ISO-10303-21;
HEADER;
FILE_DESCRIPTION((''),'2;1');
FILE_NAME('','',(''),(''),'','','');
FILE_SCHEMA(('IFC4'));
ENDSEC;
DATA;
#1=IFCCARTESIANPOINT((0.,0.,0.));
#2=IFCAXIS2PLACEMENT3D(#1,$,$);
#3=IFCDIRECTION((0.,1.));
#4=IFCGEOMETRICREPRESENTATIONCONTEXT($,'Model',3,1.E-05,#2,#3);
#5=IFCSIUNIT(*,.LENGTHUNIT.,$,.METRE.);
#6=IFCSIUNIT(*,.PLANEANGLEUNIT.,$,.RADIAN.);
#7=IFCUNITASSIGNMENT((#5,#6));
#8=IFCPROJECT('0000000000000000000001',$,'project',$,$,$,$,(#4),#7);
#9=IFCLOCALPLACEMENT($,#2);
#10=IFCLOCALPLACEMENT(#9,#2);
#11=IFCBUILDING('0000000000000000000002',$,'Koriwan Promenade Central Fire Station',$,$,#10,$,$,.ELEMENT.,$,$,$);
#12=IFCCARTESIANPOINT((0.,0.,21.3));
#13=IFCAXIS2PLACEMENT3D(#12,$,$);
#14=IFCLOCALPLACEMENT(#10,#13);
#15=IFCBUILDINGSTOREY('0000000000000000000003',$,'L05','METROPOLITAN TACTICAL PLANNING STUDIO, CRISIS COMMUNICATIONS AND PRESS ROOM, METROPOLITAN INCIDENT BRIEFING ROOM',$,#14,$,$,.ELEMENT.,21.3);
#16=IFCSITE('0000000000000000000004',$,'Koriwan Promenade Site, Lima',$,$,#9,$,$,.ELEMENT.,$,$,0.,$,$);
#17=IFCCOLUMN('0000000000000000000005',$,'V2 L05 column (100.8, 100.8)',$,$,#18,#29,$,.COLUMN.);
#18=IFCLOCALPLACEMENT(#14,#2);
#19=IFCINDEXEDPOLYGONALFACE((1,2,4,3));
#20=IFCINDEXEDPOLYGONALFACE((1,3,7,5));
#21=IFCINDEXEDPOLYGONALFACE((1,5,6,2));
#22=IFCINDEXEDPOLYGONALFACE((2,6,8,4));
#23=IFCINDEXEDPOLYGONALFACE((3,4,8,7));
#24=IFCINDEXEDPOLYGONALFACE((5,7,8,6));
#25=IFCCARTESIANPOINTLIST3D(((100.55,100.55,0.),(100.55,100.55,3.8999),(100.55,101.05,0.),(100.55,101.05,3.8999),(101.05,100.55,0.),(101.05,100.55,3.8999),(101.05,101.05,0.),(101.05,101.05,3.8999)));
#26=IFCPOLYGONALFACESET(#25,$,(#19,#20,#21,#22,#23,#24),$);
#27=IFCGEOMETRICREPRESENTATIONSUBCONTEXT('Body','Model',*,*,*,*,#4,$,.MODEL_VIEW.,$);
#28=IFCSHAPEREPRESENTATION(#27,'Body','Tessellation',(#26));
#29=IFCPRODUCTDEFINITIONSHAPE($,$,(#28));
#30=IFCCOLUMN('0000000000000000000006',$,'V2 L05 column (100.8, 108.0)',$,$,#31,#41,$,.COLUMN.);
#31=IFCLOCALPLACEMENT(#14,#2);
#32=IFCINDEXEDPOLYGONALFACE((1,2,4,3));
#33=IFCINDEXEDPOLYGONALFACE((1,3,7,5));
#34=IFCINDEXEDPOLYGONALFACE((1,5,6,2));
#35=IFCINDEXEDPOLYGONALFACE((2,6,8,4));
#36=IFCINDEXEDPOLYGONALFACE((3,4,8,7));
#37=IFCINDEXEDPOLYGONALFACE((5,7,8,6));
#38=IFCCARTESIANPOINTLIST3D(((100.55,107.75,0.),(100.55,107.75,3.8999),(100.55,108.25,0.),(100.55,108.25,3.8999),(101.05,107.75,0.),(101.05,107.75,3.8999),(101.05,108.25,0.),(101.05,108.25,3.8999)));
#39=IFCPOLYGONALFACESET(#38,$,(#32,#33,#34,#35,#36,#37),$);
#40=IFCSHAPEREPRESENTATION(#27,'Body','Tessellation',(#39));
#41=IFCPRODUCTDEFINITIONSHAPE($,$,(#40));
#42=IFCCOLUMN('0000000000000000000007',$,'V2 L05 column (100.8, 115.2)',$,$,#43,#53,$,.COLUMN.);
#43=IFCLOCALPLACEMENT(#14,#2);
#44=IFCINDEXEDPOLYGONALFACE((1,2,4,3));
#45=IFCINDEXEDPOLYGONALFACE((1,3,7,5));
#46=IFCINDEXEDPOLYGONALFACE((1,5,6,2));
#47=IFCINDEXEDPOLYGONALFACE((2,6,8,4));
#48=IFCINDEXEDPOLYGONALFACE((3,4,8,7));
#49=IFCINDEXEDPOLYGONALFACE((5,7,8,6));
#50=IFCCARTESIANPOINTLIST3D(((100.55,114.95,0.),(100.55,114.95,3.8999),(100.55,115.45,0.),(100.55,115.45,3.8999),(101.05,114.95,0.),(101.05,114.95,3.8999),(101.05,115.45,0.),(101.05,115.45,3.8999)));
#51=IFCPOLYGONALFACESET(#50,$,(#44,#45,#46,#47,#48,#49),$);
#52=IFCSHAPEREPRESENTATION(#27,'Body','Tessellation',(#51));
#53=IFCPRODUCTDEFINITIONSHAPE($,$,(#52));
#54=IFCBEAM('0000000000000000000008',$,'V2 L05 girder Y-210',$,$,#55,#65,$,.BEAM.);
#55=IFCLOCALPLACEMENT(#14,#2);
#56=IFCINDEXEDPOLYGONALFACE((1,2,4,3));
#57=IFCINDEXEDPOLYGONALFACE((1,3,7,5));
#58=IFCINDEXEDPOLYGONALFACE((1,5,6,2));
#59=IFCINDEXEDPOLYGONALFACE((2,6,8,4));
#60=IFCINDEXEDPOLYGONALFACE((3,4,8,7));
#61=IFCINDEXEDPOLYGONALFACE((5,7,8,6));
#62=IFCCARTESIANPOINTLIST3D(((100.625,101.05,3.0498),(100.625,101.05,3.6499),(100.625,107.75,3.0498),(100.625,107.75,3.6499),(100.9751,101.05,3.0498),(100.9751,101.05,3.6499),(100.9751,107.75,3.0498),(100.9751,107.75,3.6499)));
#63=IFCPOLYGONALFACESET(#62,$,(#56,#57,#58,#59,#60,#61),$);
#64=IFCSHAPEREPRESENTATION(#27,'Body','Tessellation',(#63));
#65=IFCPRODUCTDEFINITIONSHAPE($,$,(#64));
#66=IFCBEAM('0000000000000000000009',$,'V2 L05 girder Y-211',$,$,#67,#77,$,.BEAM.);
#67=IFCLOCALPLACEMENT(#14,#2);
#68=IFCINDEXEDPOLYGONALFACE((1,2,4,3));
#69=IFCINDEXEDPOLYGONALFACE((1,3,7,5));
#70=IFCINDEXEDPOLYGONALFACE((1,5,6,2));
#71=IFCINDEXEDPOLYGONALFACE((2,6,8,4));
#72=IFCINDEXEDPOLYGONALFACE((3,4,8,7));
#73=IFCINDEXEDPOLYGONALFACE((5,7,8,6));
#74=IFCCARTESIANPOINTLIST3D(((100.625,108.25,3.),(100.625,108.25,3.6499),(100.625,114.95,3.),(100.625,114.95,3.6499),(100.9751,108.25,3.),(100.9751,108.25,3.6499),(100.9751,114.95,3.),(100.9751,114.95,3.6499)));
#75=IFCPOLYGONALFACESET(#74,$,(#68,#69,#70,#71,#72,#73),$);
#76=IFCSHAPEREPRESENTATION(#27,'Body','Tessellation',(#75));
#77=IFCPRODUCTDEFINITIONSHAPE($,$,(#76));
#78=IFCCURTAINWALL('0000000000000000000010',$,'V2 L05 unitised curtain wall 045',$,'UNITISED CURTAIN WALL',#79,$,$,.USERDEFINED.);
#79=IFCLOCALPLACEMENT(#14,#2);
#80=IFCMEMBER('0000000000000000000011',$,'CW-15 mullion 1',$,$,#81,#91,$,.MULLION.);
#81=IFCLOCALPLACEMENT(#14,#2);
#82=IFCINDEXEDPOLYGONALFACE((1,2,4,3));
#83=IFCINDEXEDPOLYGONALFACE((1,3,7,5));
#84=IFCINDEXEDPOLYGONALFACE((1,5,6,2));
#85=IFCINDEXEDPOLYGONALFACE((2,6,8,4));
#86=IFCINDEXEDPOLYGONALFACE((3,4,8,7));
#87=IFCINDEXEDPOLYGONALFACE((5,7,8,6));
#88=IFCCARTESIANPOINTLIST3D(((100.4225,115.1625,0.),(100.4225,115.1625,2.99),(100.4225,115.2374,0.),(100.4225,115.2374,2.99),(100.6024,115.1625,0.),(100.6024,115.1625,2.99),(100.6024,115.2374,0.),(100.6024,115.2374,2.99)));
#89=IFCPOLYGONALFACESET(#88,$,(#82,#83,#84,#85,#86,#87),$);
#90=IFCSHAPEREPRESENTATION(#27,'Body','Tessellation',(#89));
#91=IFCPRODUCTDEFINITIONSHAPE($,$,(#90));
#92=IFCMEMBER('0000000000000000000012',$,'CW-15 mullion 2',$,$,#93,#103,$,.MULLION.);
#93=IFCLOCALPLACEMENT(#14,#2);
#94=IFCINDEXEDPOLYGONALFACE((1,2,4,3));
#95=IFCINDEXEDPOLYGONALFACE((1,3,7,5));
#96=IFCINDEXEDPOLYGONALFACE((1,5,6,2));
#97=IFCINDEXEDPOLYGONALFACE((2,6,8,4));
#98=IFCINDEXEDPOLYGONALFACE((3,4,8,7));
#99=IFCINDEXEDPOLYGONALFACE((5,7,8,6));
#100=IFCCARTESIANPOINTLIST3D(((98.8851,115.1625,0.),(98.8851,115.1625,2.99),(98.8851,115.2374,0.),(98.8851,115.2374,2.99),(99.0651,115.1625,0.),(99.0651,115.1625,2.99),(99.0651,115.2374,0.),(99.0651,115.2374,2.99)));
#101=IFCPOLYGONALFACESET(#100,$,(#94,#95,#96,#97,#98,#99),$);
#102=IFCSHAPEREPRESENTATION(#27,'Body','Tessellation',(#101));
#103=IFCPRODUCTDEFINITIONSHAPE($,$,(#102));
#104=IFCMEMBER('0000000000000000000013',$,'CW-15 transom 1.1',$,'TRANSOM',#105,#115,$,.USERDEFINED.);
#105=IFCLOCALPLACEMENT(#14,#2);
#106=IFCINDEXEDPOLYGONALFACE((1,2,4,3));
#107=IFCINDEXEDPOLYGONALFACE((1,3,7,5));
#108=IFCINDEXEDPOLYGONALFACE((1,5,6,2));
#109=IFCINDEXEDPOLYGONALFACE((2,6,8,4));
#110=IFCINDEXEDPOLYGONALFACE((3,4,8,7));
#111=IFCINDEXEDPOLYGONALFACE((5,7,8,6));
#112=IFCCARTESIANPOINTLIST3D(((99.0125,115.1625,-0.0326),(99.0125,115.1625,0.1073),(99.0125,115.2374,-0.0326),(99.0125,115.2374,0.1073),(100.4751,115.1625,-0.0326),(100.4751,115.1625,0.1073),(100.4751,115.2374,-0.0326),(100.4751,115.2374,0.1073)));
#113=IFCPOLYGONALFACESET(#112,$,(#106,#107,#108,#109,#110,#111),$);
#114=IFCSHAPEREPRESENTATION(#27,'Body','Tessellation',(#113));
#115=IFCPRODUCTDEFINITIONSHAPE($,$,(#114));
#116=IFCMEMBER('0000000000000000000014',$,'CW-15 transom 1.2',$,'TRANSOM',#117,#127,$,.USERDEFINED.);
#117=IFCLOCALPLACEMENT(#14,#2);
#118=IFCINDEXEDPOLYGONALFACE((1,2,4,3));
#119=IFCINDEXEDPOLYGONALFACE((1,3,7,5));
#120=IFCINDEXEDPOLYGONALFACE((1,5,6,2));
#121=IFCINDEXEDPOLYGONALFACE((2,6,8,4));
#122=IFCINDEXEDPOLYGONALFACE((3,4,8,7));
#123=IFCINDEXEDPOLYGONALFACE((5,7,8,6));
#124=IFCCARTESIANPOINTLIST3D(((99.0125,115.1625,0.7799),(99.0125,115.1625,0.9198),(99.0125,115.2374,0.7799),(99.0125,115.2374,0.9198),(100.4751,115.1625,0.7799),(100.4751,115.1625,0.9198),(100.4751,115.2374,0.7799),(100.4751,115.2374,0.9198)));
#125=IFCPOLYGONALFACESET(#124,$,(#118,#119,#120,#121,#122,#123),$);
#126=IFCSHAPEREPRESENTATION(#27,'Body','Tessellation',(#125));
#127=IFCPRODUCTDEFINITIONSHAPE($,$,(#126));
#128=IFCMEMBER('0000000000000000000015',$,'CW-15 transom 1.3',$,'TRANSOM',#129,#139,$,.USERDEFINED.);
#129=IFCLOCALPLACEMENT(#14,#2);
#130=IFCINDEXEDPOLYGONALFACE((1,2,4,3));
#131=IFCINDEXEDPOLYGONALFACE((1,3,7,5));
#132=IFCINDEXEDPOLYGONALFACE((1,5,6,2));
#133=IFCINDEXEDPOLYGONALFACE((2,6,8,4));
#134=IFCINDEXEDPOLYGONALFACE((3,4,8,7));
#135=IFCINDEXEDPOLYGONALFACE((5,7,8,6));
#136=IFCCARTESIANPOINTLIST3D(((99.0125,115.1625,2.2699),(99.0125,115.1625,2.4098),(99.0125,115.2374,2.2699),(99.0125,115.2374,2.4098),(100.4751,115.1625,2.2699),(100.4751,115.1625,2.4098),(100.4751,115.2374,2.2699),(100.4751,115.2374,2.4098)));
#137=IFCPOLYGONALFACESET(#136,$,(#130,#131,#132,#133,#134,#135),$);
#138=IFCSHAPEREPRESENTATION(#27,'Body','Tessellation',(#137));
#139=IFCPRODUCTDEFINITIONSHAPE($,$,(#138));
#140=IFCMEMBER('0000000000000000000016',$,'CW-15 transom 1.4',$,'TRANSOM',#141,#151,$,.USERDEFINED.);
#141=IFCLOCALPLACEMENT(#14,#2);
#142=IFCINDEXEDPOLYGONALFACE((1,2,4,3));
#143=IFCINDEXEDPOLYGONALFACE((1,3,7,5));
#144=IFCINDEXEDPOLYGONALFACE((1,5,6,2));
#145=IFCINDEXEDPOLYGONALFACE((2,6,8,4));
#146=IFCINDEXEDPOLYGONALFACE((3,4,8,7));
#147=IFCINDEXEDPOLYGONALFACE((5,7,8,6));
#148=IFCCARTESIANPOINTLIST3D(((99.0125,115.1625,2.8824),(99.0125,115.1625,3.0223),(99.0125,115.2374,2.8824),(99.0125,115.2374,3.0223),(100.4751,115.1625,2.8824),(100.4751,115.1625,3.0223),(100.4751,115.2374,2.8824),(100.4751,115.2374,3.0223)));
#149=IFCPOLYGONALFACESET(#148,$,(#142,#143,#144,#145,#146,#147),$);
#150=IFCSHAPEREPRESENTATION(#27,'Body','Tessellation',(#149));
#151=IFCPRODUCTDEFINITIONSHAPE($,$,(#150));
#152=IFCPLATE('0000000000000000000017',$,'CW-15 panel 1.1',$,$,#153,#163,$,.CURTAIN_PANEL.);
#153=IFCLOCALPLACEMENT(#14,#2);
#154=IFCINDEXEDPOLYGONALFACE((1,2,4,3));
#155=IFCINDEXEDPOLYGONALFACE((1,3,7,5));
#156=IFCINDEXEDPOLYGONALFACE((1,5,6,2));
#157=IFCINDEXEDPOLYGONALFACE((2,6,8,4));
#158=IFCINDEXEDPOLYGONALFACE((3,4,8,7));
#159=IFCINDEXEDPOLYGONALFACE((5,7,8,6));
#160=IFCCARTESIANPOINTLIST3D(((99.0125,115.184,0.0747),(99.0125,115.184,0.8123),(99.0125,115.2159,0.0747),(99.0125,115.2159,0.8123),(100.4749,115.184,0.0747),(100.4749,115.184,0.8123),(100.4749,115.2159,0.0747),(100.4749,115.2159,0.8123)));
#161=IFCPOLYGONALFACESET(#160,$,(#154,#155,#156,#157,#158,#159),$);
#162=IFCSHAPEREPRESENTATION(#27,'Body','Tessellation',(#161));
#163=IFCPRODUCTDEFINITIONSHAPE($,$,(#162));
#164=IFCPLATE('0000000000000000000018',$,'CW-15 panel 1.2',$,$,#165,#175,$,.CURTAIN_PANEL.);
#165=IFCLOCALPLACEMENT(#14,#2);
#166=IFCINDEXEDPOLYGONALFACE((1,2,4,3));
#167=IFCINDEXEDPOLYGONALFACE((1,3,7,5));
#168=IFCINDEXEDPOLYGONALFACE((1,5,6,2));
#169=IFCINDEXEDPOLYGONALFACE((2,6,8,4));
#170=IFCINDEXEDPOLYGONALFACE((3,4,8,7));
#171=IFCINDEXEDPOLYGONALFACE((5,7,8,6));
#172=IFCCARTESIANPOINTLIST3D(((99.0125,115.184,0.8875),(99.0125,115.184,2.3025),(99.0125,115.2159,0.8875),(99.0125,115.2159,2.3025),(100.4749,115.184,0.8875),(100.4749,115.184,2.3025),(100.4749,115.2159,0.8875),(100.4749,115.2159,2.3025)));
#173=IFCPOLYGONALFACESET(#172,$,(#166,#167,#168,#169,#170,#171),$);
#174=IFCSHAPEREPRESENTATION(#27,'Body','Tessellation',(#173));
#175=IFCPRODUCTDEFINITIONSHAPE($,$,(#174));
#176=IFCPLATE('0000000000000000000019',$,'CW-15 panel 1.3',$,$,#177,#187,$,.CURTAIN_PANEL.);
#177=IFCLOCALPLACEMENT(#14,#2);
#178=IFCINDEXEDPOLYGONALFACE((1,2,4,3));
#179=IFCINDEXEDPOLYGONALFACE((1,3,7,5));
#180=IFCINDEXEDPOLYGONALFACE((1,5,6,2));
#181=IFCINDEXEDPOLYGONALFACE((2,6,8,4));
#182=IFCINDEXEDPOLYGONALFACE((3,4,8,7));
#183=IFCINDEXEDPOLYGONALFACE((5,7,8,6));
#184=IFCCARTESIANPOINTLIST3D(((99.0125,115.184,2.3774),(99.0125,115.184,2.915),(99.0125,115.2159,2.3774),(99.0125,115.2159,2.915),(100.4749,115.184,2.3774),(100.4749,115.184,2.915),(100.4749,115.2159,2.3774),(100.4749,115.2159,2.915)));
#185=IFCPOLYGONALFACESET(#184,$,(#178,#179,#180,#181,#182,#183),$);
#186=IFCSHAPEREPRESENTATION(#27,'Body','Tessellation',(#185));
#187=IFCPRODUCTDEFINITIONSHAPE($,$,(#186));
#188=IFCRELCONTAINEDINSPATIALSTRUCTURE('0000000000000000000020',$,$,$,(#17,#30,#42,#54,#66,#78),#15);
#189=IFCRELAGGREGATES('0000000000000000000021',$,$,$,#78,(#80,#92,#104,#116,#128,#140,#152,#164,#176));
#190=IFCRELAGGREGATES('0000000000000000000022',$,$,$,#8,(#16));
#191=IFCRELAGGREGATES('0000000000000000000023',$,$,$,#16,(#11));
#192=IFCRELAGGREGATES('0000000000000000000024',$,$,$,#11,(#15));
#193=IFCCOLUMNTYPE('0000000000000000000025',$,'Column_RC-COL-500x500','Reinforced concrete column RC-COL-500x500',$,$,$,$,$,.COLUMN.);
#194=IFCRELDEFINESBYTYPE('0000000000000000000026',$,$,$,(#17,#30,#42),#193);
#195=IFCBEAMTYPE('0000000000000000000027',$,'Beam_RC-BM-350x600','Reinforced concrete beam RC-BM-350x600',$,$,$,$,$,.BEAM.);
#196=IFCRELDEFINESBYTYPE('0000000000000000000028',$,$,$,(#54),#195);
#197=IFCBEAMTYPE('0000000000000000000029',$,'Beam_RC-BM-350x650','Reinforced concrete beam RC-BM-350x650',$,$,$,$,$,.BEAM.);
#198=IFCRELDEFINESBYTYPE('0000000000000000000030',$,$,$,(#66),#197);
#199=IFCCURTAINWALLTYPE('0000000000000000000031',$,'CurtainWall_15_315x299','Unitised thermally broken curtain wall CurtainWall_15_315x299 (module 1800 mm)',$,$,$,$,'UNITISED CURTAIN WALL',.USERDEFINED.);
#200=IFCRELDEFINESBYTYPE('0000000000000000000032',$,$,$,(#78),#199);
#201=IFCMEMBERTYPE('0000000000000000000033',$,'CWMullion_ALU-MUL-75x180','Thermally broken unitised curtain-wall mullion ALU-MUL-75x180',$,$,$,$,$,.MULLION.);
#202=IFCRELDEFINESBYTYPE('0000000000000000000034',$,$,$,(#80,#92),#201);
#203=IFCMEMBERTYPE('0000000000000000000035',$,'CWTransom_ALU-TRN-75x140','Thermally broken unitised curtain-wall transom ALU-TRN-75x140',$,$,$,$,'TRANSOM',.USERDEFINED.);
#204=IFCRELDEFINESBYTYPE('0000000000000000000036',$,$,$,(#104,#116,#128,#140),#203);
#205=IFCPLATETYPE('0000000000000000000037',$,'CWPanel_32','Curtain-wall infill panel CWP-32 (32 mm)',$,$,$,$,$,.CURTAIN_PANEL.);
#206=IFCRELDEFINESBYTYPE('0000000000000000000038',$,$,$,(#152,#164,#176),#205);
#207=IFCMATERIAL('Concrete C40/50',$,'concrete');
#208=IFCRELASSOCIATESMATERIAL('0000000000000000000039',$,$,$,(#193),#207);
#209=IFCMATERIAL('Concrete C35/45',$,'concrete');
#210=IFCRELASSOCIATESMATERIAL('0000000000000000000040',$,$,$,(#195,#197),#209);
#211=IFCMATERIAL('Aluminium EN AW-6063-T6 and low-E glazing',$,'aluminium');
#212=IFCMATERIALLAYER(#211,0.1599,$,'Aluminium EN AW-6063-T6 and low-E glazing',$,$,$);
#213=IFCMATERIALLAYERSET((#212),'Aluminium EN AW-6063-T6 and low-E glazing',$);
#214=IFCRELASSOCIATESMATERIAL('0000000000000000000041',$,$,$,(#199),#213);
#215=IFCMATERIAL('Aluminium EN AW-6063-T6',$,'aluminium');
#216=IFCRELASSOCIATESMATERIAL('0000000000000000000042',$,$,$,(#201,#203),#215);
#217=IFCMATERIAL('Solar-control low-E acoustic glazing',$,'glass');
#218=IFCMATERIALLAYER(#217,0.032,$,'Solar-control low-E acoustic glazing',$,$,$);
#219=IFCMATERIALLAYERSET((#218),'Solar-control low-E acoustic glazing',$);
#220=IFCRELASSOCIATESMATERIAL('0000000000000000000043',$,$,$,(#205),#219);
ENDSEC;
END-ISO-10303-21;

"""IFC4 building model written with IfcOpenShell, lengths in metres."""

from ifc_helpers import new_model, si_unit, direction, frame, origin, origin_2d, place, context, subcontext, project, spatial, rectangle, extrude, material, layer, layer_set, material_profile, profile_set, type_object, element, aggregate, save


model = new_model("IFC4")

# Units and contexts
model_context = context("Model", 3, precision=1e-05, world=origin(), true_north=direction((0.0, 1.0)))
body_context = subcontext(model_context, "Body", "Model", "MODEL_VIEW")
ifc_project = project(units=[si_unit("LENGTHUNIT", "METRE"), si_unit("PLANEANGLEUNIT", "RADIAN")], contexts=[model_context])

# Site, building, storey
site_placement = place(None, origin())
site = spatial("IfcSite", under=ifc_project, at=site_placement, Name="Koriwan Promenade Site, Lima", CompositionType="ELEMENT", RefElevation=0.0)
building_placement = place(site_placement, origin())
building = spatial("IfcBuilding", under=site, at=building_placement, Name="Koriwan Promenade Central Fire Station", CompositionType="ELEMENT")
storey_placement = place(building_placement, frame((0.0, 0.0, 21.3)))
storey = spatial("IfcBuildingStorey", under=building, at=storey_placement, Name="L05", Description="METROPOLITAN TACTICAL PLANNING STUDIO, CRISIS COMMUNICATIONS AND PRESS ROOM, METROPOLITAN INCIDENT BRIEFING ROOM", CompositionType="ELEMENT", Elevation=21.3)

# Columns
ifc_material_1 = material(Name="Concrete C40/50", Category="concrete")
ifc_material_profile_1 = material_profile(ifc_material_1, rectangle(XDim=0.5, YDim=0.5, at=origin_2d()), Name="RC-COL-500x500")
ifc_profile_set_1 = profile_set([ifc_material_profile_1], Name="Concrete C40/50")
column_type = type_object("IfcColumnType", Name="Column_RC-COL-500x500", Description="Reinforced concrete column RC-COL-500x500", PredefinedType="COLUMN", material=ifc_profile_set_1)
for number, where, z_axis, x_axis, name in (
    (1, (100.8, 100.8, 0.0), (0.0, 0.0, 1.0), (1.0, 0.0, 0.0), "V2 L05 column (100.8, 100.8)"),
    (2, (100.8, 108.0, 0.0), (0.0, 0.0, 1.0), (1.0, 0.0, 0.0), "V2 L05 column (100.8, 108.0)"),
    (3, (100.8, 115.2, 0.0), (0.0, 0.0, 1.0), (1.0, 0.0, 0.0), "V2 L05 column (100.8, 115.2)"),
):
    element("IfcColumn", number, at=place(storey_placement, frame(where, z_axis=z_axis, x_axis=x_axis)), inside=storey, type_object=column_type, Name=name, PredefinedType="COLUMN", context=body_context, shape_type="SweptSolid", body=[
        extrude(rectangle(XDim=0.5, YDim=0.5, at=origin_2d()), origin(), (0.0, 0.0, 1.0), 3.8999),
    ])

# Beams
ifc_material_2 = material(Name="Concrete C35/45", Category="concrete")
ifc_material_profile_2 = material_profile(ifc_material_2, rectangle(XDim=0.3501, YDim=0.6001, at=origin_2d()), Name="RC-BM-350x600")
ifc_profile_set_2 = profile_set([ifc_material_profile_2], Name="Concrete C35/45")
beam_type_1 = type_object("IfcBeamType", Name="Beam_RC-BM-350x600", Description="Reinforced concrete beam RC-BM-350x600", PredefinedType="BEAM", material=ifc_profile_set_2)
beam_1_placement = place(storey_placement, frame((100.8, 101.05, 3.3499), z_axis=(0.0, 1.0, 0.0), x_axis=(-1.0, 0.0, 0.0)))
element("IfcBeam", 4, at=beam_1_placement, inside=storey, type_object=beam_type_1, Name="V2 L05 girder Y-210", PredefinedType="BEAM", context=body_context, shape_type="SweptSolid", body=[
    extrude(rectangle(XDim=0.3501, YDim=0.6001, at=origin_2d()), origin(), (0.0, 0.0, 1.0), 6.7),
])
ifc_material_profile_3 = material_profile(ifc_material_2, rectangle(XDim=0.3501, YDim=0.6499, at=origin_2d()), Name="RC-BM-350x650")
ifc_profile_set_3 = profile_set([ifc_material_profile_3], Name="Concrete C35/45")
beam_type_2 = type_object("IfcBeamType", Name="Beam_RC-BM-350x650", Description="Reinforced concrete beam RC-BM-350x650", PredefinedType="BEAM", material=ifc_profile_set_3)
beam_2_placement = place(storey_placement, frame((100.8, 108.25, 3.325), z_axis=(0.0, 1.0, 0.0), x_axis=(-1.0, 0.0, 0.0)))
element("IfcBeam", 5, at=beam_2_placement, inside=storey, type_object=beam_type_2, Name="V2 L05 girder Y-211", PredefinedType="BEAM", context=body_context, shape_type="SweptSolid", body=[
    extrude(rectangle(XDim=0.3501, YDim=0.6499, at=origin_2d()), origin(), (0.0, 0.0, 1.0), 6.7),
])

# Curtain wall, members, plates
ifc_material_3 = material(Name="Aluminium EN AW-6063-T6 and low-E glazing", Category="aluminium")
ifc_layer_1 = layer(ifc_material_3, 0.1599, Name="Aluminium EN AW-6063-T6 and low-E glazing")
ifc_layer_set_1 = layer_set([ifc_layer_1], Name="Aluminium EN AW-6063-T6 and low-E glazing")
curtain_wall_type = type_object("IfcCurtainWallType", Name="CurtainWall_15_315x299", Description="Unitised thermally broken curtain wall CurtainWall_15_315x299 (module 1800 mm)", ElementType="UNITISED CURTAIN WALL", PredefinedType="USERDEFINED", material=ifc_layer_set_1)
curtain_wall_placement = place(storey_placement, origin())
curtain_wall = element("IfcCurtainWall", 6, at=curtain_wall_placement, inside=storey, type_object=curtain_wall_type, Name="V2 L05 unitised curtain wall 045", ObjectType="UNITISED CURTAIN WALL", PredefinedType="USERDEFINED")
ifc_material_4 = material(Name="Aluminium EN AW-6063-T6", Category="aluminium")
ifc_material_profile_4 = material_profile(ifc_material_4, rectangle(XDim=0.075, YDim=0.1799, at=origin_2d()), Name="ALU-MUL-75x180")
ifc_profile_set_4 = profile_set([ifc_material_profile_4], Name="Aluminium EN AW-6063-T6")
member_type_1 = type_object("IfcMemberType", Name="CWMullion_ALU-MUL-75x180", Description="Thermally broken unitised curtain-wall mullion ALU-MUL-75x180", PredefinedType="MULLION", material=ifc_profile_set_4)
member_1_placement = place(storey_placement, frame((100.5125, 115.2, 0.0), z_axis=(0.0, 0.0, 1.0), x_axis=(0.0, -1.0, 0.0)))
member_1 = element("IfcMember", 7, at=member_1_placement, type_object=member_type_1, Name="CW-15 mullion 1", PredefinedType="MULLION", context=body_context, shape_type="SweptSolid", body=[
    extrude(rectangle(XDim=0.075, YDim=0.1799, at=origin_2d()), origin(), (0.0, 0.0, 1.0), 2.99),
])
member_2_placement = place(storey_placement, frame((98.9751, 115.2, 0.0), z_axis=(0.0, 0.0, 1.0), x_axis=(0.0, -1.0, 0.0)))
member_2 = element("IfcMember", 8, at=member_2_placement, type_object=member_type_1, Name="CW-15 mullion 2", PredefinedType="MULLION", context=body_context, shape_type="SweptSolid", body=[
    extrude(rectangle(XDim=0.075, YDim=0.1799, at=origin_2d()), origin(), (0.0, 0.0, 1.0), 2.99),
])
ifc_material_profile_5 = material_profile(ifc_material_4, rectangle(XDim=0.075, YDim=0.1399, at=origin_2d()), Name="ALU-TRN-75x140")
ifc_profile_set_5 = profile_set([ifc_material_profile_5], Name="Aluminium EN AW-6063-T6")
member_type_2 = type_object("IfcMemberType", Name="CWTransom_ALU-TRN-75x140", Description="Thermally broken unitised curtain-wall transom ALU-TRN-75x140", ElementType="TRANSOM", PredefinedType="USERDEFINED", material=ifc_profile_set_5)
member_3_placement = place(storey_placement, frame((100.4751, 115.2, 0.0374), z_axis=(-1.0, 0.0, 0.0), x_axis=(0.0, -1.0, 0.0)))
member_3 = element("IfcMember", 9, at=member_3_placement, type_object=member_type_2, Name="CW-15 transom 1.1", ObjectType="TRANSOM", PredefinedType="USERDEFINED", context=body_context, shape_type="SweptSolid", body=[
    extrude(rectangle(XDim=0.075, YDim=0.1399, at=origin_2d()), origin(), (0.0, 0.0, 1.0), 1.4626),
])
member_4_placement = place(storey_placement, frame((100.4751, 115.2, 0.8499), z_axis=(-1.0, 0.0, 0.0), x_axis=(0.0, -1.0, 0.0)))
member_4 = element("IfcMember", 10, at=member_4_placement, type_object=member_type_2, Name="CW-15 transom 1.2", ObjectType="TRANSOM", PredefinedType="USERDEFINED", context=body_context, shape_type="SweptSolid", body=[
    extrude(rectangle(XDim=0.075, YDim=0.1399, at=origin_2d()), origin(), (0.0, 0.0, 1.0), 1.4626),
])
member_5_placement = place(storey_placement, frame((100.4751, 115.2, 2.3398), z_axis=(-1.0, 0.0, 0.0), x_axis=(0.0, -1.0, 0.0)))
member_5 = element("IfcMember", 11, at=member_5_placement, type_object=member_type_2, Name="CW-15 transom 1.3", ObjectType="TRANSOM", PredefinedType="USERDEFINED", context=body_context, shape_type="SweptSolid", body=[
    extrude(rectangle(XDim=0.075, YDim=0.1399, at=origin_2d()), origin(), (0.0, 0.0, 1.0), 1.4626),
])
member_6_placement = place(storey_placement, frame((100.4751, 115.2, 2.9524), z_axis=(-1.0, 0.0, 0.0), x_axis=(0.0, -1.0, 0.0)))
member_6 = element("IfcMember", 12, at=member_6_placement, type_object=member_type_2, Name="CW-15 transom 1.4", ObjectType="TRANSOM", PredefinedType="USERDEFINED", context=body_context, shape_type="SweptSolid", body=[
    extrude(rectangle(XDim=0.075, YDim=0.1399, at=origin_2d()), origin(), (0.0, 0.0, 1.0), 1.4626),
])
ifc_material_5 = material(Name="Solar-control low-E acoustic glazing", Category="glass")
ifc_layer_2 = layer(ifc_material_5, 0.032, Name="Solar-control low-E acoustic glazing")
ifc_layer_set_2 = layer_set([ifc_layer_2], Name="Solar-control low-E acoustic glazing")
plate_type = type_object("IfcPlateType", Name="CWPanel_32", Description="Curtain-wall infill panel CWP-32 (32 mm)", PredefinedType="CURTAIN_PANEL", material=ifc_layer_set_2)
plate_1_placement = place(storey_placement, frame((99.7437, 115.2, 0.0747), z_axis=(0.0, 0.0, 1.0), x_axis=(-1.0, 0.0, 0.0)))
plate_1 = element("IfcPlate", 13, at=plate_1_placement, type_object=plate_type, Name="CW-15 panel 1.1", PredefinedType="CURTAIN_PANEL", context=body_context, shape_type="SweptSolid", body=[
    extrude(rectangle(XDim=1.4624, YDim=0.032, at=origin_2d()), origin(), (0.0, 0.0, 1.0), 0.7375),
])
plate_2_placement = place(storey_placement, frame((99.7437, 115.2, 0.8875), z_axis=(0.0, 0.0, 1.0), x_axis=(-1.0, 0.0, 0.0)))
plate_2 = element("IfcPlate", 14, at=plate_2_placement, type_object=plate_type, Name="CW-15 panel 1.2", PredefinedType="CURTAIN_PANEL", context=body_context, shape_type="SweptSolid", body=[
    extrude(rectangle(XDim=1.4624, YDim=0.032, at=origin_2d()), origin(), (0.0, 0.0, 1.0), 1.415),
])
plate_3_placement = place(storey_placement, frame((99.7437, 115.2, 2.3774), z_axis=(0.0, 0.0, 1.0), x_axis=(-1.0, 0.0, 0.0)))
plate_3 = element("IfcPlate", 15, at=plate_3_placement, type_object=plate_type, Name="CW-15 panel 1.3", PredefinedType="CURTAIN_PANEL", context=body_context, shape_type="SweptSolid", body=[
    extrude(rectangle(XDim=1.4624, YDim=0.032, at=origin_2d()), origin(), (0.0, 0.0, 1.0), 0.5376),
])
aggregate(curtain_wall, [member_1, member_2, member_3, member_4, member_5, member_6, plate_1, plate_2, plate_3])

save(model, "model.ifc")
